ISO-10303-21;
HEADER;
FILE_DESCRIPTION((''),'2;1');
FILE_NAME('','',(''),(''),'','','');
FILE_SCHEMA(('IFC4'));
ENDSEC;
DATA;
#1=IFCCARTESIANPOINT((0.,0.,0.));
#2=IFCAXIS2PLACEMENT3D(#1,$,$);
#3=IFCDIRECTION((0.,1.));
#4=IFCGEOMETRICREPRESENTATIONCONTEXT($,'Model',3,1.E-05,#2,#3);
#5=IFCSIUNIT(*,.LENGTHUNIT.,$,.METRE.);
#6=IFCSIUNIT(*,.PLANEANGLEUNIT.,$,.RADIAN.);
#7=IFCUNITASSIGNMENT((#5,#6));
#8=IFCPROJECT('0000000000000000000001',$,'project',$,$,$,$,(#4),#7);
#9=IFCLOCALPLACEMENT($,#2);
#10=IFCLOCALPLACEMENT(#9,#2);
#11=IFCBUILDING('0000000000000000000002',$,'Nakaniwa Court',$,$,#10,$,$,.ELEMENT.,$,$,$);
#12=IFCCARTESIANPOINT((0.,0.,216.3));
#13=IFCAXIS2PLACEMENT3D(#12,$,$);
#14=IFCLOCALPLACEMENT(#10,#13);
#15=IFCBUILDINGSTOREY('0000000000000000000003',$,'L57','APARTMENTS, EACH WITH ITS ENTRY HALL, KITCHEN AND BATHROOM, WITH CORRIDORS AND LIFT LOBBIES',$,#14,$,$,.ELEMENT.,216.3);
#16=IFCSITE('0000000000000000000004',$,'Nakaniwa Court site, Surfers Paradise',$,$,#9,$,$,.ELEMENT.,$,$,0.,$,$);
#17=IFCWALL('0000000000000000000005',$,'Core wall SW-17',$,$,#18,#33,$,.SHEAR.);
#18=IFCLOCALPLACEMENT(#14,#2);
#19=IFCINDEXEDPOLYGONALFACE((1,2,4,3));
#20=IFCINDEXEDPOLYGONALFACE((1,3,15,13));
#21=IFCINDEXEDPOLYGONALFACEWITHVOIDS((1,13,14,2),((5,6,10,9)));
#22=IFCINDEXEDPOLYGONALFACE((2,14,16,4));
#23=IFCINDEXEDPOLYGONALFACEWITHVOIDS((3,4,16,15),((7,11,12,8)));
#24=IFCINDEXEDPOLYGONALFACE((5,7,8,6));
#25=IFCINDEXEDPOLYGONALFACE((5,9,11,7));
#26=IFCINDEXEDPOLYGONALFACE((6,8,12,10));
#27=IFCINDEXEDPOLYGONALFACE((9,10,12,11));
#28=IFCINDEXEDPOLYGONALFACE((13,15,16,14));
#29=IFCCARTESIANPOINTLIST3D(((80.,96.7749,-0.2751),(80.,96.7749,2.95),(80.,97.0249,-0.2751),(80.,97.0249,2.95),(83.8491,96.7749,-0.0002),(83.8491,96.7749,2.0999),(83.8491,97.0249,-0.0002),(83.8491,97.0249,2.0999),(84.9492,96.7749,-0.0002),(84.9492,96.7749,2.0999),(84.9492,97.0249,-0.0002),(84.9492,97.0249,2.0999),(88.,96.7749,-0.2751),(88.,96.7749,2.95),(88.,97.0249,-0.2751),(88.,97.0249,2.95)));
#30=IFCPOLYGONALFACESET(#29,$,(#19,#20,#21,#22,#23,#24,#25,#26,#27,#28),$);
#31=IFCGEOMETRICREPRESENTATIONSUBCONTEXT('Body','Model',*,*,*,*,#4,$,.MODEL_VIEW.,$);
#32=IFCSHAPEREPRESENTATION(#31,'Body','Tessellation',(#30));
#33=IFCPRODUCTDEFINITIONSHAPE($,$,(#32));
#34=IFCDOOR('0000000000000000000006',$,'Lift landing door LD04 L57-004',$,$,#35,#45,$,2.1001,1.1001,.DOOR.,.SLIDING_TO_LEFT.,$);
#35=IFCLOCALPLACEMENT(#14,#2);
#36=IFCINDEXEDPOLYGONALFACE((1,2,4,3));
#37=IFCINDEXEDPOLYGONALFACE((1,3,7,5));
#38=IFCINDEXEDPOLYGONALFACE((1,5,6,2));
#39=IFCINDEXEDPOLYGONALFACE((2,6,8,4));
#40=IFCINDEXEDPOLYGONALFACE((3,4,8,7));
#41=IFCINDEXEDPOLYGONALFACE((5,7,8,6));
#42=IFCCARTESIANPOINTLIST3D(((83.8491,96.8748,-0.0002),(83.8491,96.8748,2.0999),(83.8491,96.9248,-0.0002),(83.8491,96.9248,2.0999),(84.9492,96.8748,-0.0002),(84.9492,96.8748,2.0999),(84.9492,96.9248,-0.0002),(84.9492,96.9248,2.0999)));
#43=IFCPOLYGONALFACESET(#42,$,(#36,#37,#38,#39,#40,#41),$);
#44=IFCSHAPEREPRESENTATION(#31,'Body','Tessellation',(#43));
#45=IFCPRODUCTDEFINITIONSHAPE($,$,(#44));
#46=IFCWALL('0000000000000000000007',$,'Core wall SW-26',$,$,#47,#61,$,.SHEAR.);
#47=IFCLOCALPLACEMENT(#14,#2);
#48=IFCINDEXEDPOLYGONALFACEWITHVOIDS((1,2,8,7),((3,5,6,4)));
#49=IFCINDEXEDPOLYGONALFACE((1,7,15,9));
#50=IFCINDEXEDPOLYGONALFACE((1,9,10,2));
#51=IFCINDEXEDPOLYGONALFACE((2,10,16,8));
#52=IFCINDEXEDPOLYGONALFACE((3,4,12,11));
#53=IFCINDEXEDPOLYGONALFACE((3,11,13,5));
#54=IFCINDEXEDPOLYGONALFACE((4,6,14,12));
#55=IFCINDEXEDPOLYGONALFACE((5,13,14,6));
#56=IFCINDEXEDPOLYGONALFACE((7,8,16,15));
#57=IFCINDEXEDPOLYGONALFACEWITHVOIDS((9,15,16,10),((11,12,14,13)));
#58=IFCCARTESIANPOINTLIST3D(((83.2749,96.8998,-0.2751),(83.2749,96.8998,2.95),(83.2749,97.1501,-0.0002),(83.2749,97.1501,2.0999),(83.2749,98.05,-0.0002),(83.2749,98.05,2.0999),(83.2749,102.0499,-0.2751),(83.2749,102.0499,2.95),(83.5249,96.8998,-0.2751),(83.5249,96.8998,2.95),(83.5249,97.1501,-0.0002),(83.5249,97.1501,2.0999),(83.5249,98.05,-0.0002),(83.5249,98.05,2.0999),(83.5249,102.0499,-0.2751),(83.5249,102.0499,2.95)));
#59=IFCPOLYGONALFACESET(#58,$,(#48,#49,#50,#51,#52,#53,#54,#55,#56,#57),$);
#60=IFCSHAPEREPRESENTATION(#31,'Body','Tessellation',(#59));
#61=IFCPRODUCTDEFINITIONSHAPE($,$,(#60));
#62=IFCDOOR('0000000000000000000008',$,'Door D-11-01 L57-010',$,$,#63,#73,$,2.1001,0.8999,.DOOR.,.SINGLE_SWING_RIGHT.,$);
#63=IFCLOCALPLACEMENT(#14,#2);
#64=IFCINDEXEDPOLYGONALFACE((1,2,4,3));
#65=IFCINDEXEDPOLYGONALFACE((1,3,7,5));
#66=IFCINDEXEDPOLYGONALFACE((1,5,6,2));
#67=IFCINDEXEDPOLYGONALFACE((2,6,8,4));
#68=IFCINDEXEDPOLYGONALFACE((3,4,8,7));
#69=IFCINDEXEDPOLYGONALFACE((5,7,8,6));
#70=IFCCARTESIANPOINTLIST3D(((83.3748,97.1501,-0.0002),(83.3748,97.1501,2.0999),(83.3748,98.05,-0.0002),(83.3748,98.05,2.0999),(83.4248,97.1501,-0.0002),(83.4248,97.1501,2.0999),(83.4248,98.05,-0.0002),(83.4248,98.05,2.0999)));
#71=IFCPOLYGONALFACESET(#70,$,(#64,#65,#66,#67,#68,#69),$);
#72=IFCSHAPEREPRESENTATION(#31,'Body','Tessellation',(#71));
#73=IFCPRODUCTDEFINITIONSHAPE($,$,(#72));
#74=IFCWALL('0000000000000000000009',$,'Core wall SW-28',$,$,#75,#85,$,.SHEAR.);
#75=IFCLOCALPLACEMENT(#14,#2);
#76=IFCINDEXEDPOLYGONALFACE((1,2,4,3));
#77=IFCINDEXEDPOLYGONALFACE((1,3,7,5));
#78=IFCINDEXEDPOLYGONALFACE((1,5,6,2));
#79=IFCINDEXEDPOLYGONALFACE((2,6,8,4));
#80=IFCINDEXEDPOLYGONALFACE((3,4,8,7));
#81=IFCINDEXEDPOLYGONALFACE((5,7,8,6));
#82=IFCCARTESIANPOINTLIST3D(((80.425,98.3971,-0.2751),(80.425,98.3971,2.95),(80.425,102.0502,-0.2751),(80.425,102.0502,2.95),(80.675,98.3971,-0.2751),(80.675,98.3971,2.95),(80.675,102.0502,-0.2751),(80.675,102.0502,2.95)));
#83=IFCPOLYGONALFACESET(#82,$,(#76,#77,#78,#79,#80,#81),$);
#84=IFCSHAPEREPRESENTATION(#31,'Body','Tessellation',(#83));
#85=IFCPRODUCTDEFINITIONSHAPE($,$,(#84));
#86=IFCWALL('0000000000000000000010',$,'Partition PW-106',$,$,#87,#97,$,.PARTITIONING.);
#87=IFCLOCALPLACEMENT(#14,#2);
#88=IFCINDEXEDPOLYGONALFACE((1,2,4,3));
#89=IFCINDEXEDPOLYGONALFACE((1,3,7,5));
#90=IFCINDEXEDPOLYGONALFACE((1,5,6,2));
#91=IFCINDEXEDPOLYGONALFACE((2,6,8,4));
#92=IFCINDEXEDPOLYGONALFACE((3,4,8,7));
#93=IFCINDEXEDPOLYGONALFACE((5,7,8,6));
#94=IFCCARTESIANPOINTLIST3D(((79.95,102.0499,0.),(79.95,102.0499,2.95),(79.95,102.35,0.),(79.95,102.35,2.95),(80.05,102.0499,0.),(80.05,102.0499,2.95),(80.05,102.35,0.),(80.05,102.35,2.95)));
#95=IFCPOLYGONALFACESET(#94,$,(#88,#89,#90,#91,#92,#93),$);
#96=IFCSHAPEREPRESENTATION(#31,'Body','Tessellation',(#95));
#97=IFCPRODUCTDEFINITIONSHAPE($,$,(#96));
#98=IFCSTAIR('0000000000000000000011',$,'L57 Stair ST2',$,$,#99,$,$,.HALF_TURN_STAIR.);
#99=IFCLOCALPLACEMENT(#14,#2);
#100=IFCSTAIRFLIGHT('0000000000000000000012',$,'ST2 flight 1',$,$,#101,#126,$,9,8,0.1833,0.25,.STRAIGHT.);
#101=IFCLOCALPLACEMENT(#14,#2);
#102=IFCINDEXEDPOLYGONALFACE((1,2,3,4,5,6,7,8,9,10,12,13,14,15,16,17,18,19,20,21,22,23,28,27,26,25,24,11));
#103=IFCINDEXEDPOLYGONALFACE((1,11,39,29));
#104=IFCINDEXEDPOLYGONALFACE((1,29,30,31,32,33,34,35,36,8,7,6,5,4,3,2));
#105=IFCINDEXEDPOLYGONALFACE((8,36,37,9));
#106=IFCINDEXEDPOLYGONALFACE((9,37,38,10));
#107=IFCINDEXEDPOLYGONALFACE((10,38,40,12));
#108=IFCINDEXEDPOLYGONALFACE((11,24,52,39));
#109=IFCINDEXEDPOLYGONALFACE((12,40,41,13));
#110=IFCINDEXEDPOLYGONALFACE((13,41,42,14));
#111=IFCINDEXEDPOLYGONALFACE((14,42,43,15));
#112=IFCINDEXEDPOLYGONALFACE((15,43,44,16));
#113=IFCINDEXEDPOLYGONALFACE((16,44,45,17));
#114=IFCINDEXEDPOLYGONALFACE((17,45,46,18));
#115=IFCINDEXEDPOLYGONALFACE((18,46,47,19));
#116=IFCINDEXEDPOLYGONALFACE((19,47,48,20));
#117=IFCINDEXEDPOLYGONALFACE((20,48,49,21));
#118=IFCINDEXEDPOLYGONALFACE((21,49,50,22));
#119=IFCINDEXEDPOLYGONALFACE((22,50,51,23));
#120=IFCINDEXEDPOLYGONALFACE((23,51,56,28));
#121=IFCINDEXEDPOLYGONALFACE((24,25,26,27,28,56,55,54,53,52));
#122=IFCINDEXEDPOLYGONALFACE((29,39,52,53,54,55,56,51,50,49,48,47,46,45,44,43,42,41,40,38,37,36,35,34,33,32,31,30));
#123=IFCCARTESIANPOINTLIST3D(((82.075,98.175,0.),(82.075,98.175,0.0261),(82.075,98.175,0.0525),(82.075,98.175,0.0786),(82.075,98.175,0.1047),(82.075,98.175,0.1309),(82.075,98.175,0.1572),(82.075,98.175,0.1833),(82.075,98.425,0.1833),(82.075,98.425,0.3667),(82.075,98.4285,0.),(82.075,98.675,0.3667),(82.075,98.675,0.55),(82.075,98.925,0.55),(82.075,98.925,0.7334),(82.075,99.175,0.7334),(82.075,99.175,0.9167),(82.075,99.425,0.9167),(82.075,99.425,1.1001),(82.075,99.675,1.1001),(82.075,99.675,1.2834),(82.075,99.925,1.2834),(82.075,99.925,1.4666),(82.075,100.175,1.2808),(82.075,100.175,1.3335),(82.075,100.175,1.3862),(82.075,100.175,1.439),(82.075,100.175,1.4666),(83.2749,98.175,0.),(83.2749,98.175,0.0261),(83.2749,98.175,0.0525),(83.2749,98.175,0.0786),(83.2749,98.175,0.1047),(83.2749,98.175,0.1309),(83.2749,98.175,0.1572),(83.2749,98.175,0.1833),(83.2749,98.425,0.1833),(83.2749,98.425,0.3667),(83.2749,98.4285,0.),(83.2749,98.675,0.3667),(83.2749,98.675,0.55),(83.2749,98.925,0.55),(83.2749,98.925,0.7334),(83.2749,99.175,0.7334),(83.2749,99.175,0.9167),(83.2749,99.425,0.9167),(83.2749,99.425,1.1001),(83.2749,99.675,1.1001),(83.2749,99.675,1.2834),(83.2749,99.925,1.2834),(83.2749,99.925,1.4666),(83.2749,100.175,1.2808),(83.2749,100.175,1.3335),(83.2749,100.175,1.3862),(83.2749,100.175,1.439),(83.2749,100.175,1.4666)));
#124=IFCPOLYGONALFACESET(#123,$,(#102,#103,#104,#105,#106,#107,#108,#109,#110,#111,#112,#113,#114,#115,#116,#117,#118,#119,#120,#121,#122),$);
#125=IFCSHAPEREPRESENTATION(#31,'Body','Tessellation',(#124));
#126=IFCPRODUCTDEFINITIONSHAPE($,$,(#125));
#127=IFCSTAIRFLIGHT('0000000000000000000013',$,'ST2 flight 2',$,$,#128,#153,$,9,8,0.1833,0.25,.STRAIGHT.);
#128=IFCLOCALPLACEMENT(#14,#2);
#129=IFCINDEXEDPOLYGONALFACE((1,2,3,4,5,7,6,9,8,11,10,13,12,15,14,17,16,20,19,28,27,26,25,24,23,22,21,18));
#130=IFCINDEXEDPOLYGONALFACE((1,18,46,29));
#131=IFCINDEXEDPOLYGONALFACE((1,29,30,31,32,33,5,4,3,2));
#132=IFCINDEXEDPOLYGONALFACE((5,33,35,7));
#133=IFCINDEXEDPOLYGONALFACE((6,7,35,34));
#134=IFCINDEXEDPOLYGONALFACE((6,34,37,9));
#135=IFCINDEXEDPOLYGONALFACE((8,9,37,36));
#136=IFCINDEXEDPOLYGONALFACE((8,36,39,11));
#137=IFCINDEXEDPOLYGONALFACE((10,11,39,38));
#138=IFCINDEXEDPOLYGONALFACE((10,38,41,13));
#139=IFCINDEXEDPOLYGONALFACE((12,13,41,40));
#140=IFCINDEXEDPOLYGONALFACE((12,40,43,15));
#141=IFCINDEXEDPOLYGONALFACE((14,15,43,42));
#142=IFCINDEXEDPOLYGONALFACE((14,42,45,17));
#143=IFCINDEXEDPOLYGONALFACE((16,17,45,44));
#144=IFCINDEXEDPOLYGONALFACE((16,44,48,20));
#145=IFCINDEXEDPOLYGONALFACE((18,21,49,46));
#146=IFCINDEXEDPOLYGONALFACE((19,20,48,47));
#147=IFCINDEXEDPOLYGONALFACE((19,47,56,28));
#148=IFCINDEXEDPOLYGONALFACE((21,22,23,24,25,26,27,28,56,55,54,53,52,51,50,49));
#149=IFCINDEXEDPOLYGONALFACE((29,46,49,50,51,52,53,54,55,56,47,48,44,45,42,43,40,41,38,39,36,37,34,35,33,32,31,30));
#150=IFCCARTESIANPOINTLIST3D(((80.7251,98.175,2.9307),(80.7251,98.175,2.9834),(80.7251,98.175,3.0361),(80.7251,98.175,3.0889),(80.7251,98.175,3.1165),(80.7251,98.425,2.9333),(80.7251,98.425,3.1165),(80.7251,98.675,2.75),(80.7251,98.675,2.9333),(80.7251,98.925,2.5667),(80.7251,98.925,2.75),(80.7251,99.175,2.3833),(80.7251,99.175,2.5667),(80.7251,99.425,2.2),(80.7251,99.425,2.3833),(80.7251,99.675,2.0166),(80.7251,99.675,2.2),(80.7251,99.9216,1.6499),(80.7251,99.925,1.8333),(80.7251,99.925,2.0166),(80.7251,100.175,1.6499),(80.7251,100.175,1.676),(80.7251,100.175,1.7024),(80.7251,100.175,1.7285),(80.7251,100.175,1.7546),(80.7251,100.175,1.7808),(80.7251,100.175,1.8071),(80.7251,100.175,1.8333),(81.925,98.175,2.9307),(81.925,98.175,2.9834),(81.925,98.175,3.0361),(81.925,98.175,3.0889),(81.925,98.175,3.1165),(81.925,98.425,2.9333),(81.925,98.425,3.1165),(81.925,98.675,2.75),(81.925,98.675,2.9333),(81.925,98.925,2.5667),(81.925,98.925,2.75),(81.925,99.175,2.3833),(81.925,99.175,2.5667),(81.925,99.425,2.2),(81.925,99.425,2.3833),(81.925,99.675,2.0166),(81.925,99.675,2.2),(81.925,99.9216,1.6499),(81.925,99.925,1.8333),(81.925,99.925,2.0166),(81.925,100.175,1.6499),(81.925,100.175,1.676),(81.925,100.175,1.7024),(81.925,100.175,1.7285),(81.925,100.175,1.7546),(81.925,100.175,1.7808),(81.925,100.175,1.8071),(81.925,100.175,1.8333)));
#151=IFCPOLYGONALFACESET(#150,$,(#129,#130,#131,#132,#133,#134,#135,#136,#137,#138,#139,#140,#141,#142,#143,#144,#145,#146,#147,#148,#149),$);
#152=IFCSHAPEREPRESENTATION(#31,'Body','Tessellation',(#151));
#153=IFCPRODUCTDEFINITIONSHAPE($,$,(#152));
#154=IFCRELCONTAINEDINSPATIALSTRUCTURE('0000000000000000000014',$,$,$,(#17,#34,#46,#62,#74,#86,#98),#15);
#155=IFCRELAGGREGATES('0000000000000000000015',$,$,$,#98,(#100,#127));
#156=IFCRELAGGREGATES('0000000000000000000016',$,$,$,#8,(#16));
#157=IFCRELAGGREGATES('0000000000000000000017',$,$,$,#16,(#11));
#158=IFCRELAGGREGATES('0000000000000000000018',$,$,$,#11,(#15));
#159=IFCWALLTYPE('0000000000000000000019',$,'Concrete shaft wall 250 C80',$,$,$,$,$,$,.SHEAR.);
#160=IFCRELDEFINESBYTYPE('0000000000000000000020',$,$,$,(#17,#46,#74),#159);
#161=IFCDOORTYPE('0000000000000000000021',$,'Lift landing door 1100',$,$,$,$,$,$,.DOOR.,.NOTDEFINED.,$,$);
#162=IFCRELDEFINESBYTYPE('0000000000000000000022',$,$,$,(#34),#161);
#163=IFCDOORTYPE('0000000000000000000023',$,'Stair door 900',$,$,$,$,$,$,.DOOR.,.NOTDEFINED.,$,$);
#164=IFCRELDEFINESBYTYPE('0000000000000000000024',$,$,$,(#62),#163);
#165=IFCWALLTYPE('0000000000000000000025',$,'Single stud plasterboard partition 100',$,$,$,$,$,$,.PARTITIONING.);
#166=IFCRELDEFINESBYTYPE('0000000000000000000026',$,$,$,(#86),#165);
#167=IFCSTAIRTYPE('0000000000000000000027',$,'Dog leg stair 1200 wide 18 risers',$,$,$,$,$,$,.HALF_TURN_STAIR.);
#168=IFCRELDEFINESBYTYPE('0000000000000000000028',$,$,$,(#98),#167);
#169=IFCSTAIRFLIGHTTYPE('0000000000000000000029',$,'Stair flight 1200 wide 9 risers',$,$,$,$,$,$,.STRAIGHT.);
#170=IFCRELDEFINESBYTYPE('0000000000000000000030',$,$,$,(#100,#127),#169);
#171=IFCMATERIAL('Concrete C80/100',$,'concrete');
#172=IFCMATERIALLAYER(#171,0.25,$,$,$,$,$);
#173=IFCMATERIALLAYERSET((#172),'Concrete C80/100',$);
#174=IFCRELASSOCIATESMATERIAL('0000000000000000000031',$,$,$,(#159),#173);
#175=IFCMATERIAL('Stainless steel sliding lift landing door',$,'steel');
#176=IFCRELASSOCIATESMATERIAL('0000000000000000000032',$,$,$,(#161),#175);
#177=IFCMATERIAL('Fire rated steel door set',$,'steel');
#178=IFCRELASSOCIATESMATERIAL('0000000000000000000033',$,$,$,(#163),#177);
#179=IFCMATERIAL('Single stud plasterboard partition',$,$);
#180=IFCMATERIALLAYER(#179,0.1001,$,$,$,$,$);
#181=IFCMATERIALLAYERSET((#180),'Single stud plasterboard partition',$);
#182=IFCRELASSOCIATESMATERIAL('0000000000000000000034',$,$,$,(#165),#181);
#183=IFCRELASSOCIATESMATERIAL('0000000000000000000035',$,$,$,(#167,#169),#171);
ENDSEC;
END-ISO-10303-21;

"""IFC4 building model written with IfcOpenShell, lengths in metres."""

from ifc_helpers import new_model, si_unit, direction, frame, frame_2d, origin, place, context, subcontext, project, spatial, polyline, rectangle, outline, extrude, material, layer, layer_set, type_object, element, fill, aggregate, save


model = new_model("IFC4")

# Units and contexts
model_context = context("Model", 3, precision=1e-05, world=origin(), true_north=direction((0.0, 1.0)))
body_context = subcontext(model_context, "Body", "Model", "MODEL_VIEW")
ifc_project = project(units=[si_unit("LENGTHUNIT", "METRE"), si_unit("PLANEANGLEUNIT", "RADIAN")], contexts=[model_context])

# Site, building, storey
site_placement = place(None, origin())
site = spatial("IfcSite", under=ifc_project, at=site_placement, Name="Nakaniwa Court site, Surfers Paradise", CompositionType="ELEMENT", RefElevation=0.0)
building_placement = place(site_placement, origin())
building = spatial("IfcBuilding", under=site, at=building_placement, Name="Nakaniwa Court", CompositionType="ELEMENT")
storey_placement = place(building_placement, frame((0.0, 0.0, 216.3)))
storey = spatial("IfcBuildingStorey", under=building, at=storey_placement, Name="L57", Description="APARTMENTS, EACH WITH ITS ENTRY HALL, KITCHEN AND BATHROOM, WITH CORRIDORS AND LIFT LOBBIES", CompositionType="ELEMENT", Elevation=216.3)

# Shared definitions
ifc_material_1 = material(Name="Concrete C80/100", Category="concrete")

# Walls, openings, doors
ifc_layer_1 = layer(ifc_material_1, 0.25)
ifc_layer_set_1 = layer_set([ifc_layer_1], Name="Concrete C80/100")
wall_type_1 = type_object("IfcWallType", Name="Concrete shaft wall 250 C80", PredefinedType="SHEAR", material=ifc_layer_set_1)
wall_1_placement = place(storey_placement, frame((80.0, 96.8999, -0.2751), z_axis=(0.0, 0.0, 1.0), x_axis=(1.0, 0.0, 0.0)))
wall_1 = element("IfcWall", 1, at=wall_1_placement, inside=storey, type_object=wall_type_1, Name="Core wall SW-17", PredefinedType="SHEAR", context=body_context, shape_type="SweptSolid", body=[
    extrude(rectangle(XDim=8.0, YDim=0.25, at=frame_2d((4.0, 0.0))), origin(), (0.0, 0.0, 1.0), 3.2251),
])
opening_1_placement = place(wall_1_placement, frame((3.8491, 0.0, 0.2749)))
opening_1 = element("IfcOpeningElement", 2, at=opening_1_placement, cuts=wall_1, PredefinedType="OPENING", context=body_context, shape_type="SweptSolid", body=[
    extrude(rectangle(XDim=1.1001, YDim=2.1001, at=frame_2d((0.55, 1.05))), frame((0.0, 0.135, 0.0), z_axis=(0.0, -1.0, 0.0), x_axis=(1.0, 0.0, 0.0)), (0.0, 0.0, 1.0), 0.27),
])
ifc_material_2 = material(Name="Stainless steel sliding lift landing door", Category="steel")
door_type_1 = type_object("IfcDoorType", Name="Lift landing door 1100", OperationType="NOTDEFINED", PredefinedType="DOOR", material=ifc_material_2)
door_1_placement = place(opening_1_placement, origin())
door_1 = element("IfcDoor", 3, at=door_1_placement, inside=storey, type_object=door_type_1, Name="Lift landing door LD04 L57-004", OperationType="SLIDING_TO_LEFT", OverallHeight=2.1001, OverallWidth=1.1001, PredefinedType="DOOR", context=body_context, shape_type="SweptSolid", body=[
    extrude(rectangle(XDim=1.1001, YDim=2.1001, at=frame_2d((0.55, 1.05))), frame((0.0, 0.0249, 0.0), z_axis=(0.0, -1.0, 0.0), x_axis=(1.0, 0.0, 0.0)), (0.0, 0.0, 1.0), 0.05),
])
fill(opening_1, door_1)
wall_2_placement = place(storey_placement, frame((83.3999, 102.05, -0.2751), z_axis=(0.0, 0.0, 1.0), x_axis=(0.0, -1.0, 0.0)))
wall_2 = element("IfcWall", 4, at=wall_2_placement, inside=storey, type_object=wall_type_1, Name="Core wall SW-26", PredefinedType="SHEAR", context=body_context, shape_type="SweptSolid", body=[
    extrude(rectangle(XDim=5.1501, YDim=0.25, at=frame_2d((2.5752, 0.0))), origin(), (0.0, 0.0, 1.0), 3.2251),
])
opening_2_placement = place(wall_2_placement, frame((4.0, 0.0, 0.2749)))
opening_2 = element("IfcOpeningElement", 5, at=opening_2_placement, cuts=wall_2, PredefinedType="OPENING", context=body_context, shape_type="SweptSolid", body=[
    extrude(rectangle(XDim=0.8999, YDim=2.1001, at=frame_2d((0.45, 1.05))), frame((0.0, 0.135, 0.0), z_axis=(0.0, -1.0, 0.0), x_axis=(1.0, 0.0, 0.0)), (0.0, 0.0, 1.0), 0.27),
])
ifc_material_3 = material(Name="Fire rated steel door set", Category="steel")
door_type_2 = type_object("IfcDoorType", Name="Stair door 900", OperationType="NOTDEFINED", PredefinedType="DOOR", material=ifc_material_3)
door_2_placement = place(opening_2_placement, origin())
door_2 = element("IfcDoor", 6, at=door_2_placement, inside=storey, type_object=door_type_2, Name="Door D-11-01 L57-010", OperationType="SINGLE_SWING_RIGHT", OverallHeight=2.1001, OverallWidth=0.8999, PredefinedType="DOOR", context=body_context, shape_type="SweptSolid", body=[
    extrude(rectangle(XDim=0.8999, YDim=2.1001, at=frame_2d((0.45, 1.05))), frame((0.0, 0.0249, 0.0), z_axis=(0.0, -1.0, 0.0), x_axis=(1.0, 0.0, 0.0)), (0.0, 0.0, 1.0), 0.05),
])
fill(opening_2, door_2)

# Walls
wall_3_placement = place(storey_placement, frame((80.55, 98.397, -0.2751), z_axis=(0.0, 0.0, 1.0), x_axis=(0.0, 1.0, 0.0)))
element("IfcWall", 7, at=wall_3_placement, inside=storey, type_object=wall_type_1, Name="Core wall SW-28", PredefinedType="SHEAR", context=body_context, shape_type="SweptSolid", body=[
    extrude(rectangle(XDim=3.6531, YDim=0.25, at=frame_2d((1.8267, 0.0))), origin(), (0.0, 0.0, 1.0), 3.2251),
])
ifc_material_4 = material(Name="Single stud plasterboard partition")
ifc_layer_2 = layer(ifc_material_4, 0.1001)
ifc_layer_set_2 = layer_set([ifc_layer_2], Name="Single stud plasterboard partition")
wall_type_2 = type_object("IfcWallType", Name="Single stud plasterboard partition 100", PredefinedType="PARTITIONING", material=ifc_layer_set_2)
wall_4_placement = place(storey_placement, frame((80.0, 102.05, 0.0), z_axis=(0.0, 0.0, 1.0), x_axis=(0.0, 1.0, 0.0)))
element("IfcWall", 8, at=wall_4_placement, inside=storey, type_object=wall_type_2, Name="Partition PW-106", PredefinedType="PARTITIONING", context=body_context, shape_type="SweptSolid", body=[
    extrude(rectangle(XDim=0.3, YDim=0.1001, at=frame_2d((0.1499, 0.0))), origin(), (0.0, 0.0, 1.0), 2.95),
])

# Stair, stair flights
stair_type = type_object("IfcStairType", Name="Dog leg stair 1200 wide 18 risers", PredefinedType="HALF_TURN_STAIR", material=ifc_material_1)
stair_placement = place(storey_placement, origin())
stair = element("IfcStair", 9, at=stair_placement, inside=storey, type_object=stair_type, Name="L57 Stair ST2", PredefinedType="HALF_TURN_STAIR")
stair_flight_type = type_object("IfcStairFlightType", Name="Stair flight 1200 wide 9 risers", PredefinedType="STRAIGHT", material=ifc_material_1)
stair_flight_1_placement = place(storey_placement, frame((82.675, 98.175, 0.0), z_axis=(0.0, 0.0, 1.0), x_axis=(0.0, 1.0, 0.0)))
stair_flight_1 = element("IfcStairFlight", 10, at=stair_flight_1_placement, type_object=stair_flight_type, Name="ST2 flight 1", NumberOfRisers=9, NumberOfTreads=8, PredefinedType="STRAIGHT", RiserHeight=0.1833, TreadLength=0.25, context=body_context, shape_type="SweptSolid", body=[
    extrude(outline(polyline([(0.0, 0.0), (0.0, 0.0261), (0.0, 0.0525), (0.0, 0.0786), (0.0, 0.1047), (0.0, 0.1309), (0.0, 0.1572), (0.0, 0.1833), (0.25, 0.1833), (0.25, 0.3667), (0.5, 0.3667), (0.5, 0.55), (0.75, 0.55), (0.75, 0.7334), (1.0, 0.7334), (1.0, 0.9167), (1.25, 0.9167), (1.25, 1.1001), (1.5, 1.1001), (1.5, 1.2834), (1.75, 1.2834), (1.75, 1.4666), (2.0, 1.4666), (2.0, 1.6499), (2.0, 1.5972), (2.0, 1.5444), (2.0, 1.4917), (2.0, 1.439), (2.0, 1.3862), (2.0, 1.3335), (2.0, 1.2808), (0.2534, 0.0), (0.0, 0.0)])), frame((0.0, 0.6001, 0.0), z_axis=(0.0, -1.0, 0.0), x_axis=(1.0, 0.0, 0.0)), (0.0, 0.0, 1.0), 1.2),
])
stair_flight_2_placement = place(storey_placement, frame((81.325, 100.175, 1.6499), z_axis=(0.0, 0.0, 1.0), x_axis=(0.0, -1.0, 0.0)))
stair_flight_2 = element("IfcStairFlight", 11, at=stair_flight_2_placement, type_object=stair_flight_type, Name="ST2 flight 2", NumberOfRisers=9, NumberOfTreads=8, PredefinedType="STRAIGHT", RiserHeight=0.1833, TreadLength=0.25, context=body_context, shape_type="SweptSolid", body=[
    extrude(outline(polyline([(0.0, 0.0), (0.0, 0.0261), (0.0, 0.0525), (0.0, 0.0786), (0.0, 0.1047), (0.0, 0.1309), (0.0, 0.1572), (0.0, 0.1833), (0.25, 0.1833), (0.25, 0.3667), (0.5, 0.3667), (0.5, 0.55), (0.75, 0.55), (0.75, 0.7334), (1.0, 0.7334), (1.0, 0.9167), (1.25, 0.9167), (1.25, 1.1001), (1.5, 1.1001), (1.5, 1.2834), (1.75, 1.2834), (1.75, 1.4666), (2.0, 1.4666), (2.0, 1.6499), (2.0, 1.5972), (2.0, 1.5444), (2.0, 1.4917), (2.0, 1.439), (2.0, 1.3862), (2.0, 1.3335), (2.0, 1.2808), (0.2534, 0.0), (0.0, 0.0)])), frame((0.0, 0.6001, 0.0), z_axis=(0.0, -1.0, 0.0), x_axis=(1.0, 0.0, 0.0)), (0.0, 0.0, 1.0), 1.2),
])
aggregate(stair, [stair_flight_1, stair_flight_2])

save(model, "model.ifc")
